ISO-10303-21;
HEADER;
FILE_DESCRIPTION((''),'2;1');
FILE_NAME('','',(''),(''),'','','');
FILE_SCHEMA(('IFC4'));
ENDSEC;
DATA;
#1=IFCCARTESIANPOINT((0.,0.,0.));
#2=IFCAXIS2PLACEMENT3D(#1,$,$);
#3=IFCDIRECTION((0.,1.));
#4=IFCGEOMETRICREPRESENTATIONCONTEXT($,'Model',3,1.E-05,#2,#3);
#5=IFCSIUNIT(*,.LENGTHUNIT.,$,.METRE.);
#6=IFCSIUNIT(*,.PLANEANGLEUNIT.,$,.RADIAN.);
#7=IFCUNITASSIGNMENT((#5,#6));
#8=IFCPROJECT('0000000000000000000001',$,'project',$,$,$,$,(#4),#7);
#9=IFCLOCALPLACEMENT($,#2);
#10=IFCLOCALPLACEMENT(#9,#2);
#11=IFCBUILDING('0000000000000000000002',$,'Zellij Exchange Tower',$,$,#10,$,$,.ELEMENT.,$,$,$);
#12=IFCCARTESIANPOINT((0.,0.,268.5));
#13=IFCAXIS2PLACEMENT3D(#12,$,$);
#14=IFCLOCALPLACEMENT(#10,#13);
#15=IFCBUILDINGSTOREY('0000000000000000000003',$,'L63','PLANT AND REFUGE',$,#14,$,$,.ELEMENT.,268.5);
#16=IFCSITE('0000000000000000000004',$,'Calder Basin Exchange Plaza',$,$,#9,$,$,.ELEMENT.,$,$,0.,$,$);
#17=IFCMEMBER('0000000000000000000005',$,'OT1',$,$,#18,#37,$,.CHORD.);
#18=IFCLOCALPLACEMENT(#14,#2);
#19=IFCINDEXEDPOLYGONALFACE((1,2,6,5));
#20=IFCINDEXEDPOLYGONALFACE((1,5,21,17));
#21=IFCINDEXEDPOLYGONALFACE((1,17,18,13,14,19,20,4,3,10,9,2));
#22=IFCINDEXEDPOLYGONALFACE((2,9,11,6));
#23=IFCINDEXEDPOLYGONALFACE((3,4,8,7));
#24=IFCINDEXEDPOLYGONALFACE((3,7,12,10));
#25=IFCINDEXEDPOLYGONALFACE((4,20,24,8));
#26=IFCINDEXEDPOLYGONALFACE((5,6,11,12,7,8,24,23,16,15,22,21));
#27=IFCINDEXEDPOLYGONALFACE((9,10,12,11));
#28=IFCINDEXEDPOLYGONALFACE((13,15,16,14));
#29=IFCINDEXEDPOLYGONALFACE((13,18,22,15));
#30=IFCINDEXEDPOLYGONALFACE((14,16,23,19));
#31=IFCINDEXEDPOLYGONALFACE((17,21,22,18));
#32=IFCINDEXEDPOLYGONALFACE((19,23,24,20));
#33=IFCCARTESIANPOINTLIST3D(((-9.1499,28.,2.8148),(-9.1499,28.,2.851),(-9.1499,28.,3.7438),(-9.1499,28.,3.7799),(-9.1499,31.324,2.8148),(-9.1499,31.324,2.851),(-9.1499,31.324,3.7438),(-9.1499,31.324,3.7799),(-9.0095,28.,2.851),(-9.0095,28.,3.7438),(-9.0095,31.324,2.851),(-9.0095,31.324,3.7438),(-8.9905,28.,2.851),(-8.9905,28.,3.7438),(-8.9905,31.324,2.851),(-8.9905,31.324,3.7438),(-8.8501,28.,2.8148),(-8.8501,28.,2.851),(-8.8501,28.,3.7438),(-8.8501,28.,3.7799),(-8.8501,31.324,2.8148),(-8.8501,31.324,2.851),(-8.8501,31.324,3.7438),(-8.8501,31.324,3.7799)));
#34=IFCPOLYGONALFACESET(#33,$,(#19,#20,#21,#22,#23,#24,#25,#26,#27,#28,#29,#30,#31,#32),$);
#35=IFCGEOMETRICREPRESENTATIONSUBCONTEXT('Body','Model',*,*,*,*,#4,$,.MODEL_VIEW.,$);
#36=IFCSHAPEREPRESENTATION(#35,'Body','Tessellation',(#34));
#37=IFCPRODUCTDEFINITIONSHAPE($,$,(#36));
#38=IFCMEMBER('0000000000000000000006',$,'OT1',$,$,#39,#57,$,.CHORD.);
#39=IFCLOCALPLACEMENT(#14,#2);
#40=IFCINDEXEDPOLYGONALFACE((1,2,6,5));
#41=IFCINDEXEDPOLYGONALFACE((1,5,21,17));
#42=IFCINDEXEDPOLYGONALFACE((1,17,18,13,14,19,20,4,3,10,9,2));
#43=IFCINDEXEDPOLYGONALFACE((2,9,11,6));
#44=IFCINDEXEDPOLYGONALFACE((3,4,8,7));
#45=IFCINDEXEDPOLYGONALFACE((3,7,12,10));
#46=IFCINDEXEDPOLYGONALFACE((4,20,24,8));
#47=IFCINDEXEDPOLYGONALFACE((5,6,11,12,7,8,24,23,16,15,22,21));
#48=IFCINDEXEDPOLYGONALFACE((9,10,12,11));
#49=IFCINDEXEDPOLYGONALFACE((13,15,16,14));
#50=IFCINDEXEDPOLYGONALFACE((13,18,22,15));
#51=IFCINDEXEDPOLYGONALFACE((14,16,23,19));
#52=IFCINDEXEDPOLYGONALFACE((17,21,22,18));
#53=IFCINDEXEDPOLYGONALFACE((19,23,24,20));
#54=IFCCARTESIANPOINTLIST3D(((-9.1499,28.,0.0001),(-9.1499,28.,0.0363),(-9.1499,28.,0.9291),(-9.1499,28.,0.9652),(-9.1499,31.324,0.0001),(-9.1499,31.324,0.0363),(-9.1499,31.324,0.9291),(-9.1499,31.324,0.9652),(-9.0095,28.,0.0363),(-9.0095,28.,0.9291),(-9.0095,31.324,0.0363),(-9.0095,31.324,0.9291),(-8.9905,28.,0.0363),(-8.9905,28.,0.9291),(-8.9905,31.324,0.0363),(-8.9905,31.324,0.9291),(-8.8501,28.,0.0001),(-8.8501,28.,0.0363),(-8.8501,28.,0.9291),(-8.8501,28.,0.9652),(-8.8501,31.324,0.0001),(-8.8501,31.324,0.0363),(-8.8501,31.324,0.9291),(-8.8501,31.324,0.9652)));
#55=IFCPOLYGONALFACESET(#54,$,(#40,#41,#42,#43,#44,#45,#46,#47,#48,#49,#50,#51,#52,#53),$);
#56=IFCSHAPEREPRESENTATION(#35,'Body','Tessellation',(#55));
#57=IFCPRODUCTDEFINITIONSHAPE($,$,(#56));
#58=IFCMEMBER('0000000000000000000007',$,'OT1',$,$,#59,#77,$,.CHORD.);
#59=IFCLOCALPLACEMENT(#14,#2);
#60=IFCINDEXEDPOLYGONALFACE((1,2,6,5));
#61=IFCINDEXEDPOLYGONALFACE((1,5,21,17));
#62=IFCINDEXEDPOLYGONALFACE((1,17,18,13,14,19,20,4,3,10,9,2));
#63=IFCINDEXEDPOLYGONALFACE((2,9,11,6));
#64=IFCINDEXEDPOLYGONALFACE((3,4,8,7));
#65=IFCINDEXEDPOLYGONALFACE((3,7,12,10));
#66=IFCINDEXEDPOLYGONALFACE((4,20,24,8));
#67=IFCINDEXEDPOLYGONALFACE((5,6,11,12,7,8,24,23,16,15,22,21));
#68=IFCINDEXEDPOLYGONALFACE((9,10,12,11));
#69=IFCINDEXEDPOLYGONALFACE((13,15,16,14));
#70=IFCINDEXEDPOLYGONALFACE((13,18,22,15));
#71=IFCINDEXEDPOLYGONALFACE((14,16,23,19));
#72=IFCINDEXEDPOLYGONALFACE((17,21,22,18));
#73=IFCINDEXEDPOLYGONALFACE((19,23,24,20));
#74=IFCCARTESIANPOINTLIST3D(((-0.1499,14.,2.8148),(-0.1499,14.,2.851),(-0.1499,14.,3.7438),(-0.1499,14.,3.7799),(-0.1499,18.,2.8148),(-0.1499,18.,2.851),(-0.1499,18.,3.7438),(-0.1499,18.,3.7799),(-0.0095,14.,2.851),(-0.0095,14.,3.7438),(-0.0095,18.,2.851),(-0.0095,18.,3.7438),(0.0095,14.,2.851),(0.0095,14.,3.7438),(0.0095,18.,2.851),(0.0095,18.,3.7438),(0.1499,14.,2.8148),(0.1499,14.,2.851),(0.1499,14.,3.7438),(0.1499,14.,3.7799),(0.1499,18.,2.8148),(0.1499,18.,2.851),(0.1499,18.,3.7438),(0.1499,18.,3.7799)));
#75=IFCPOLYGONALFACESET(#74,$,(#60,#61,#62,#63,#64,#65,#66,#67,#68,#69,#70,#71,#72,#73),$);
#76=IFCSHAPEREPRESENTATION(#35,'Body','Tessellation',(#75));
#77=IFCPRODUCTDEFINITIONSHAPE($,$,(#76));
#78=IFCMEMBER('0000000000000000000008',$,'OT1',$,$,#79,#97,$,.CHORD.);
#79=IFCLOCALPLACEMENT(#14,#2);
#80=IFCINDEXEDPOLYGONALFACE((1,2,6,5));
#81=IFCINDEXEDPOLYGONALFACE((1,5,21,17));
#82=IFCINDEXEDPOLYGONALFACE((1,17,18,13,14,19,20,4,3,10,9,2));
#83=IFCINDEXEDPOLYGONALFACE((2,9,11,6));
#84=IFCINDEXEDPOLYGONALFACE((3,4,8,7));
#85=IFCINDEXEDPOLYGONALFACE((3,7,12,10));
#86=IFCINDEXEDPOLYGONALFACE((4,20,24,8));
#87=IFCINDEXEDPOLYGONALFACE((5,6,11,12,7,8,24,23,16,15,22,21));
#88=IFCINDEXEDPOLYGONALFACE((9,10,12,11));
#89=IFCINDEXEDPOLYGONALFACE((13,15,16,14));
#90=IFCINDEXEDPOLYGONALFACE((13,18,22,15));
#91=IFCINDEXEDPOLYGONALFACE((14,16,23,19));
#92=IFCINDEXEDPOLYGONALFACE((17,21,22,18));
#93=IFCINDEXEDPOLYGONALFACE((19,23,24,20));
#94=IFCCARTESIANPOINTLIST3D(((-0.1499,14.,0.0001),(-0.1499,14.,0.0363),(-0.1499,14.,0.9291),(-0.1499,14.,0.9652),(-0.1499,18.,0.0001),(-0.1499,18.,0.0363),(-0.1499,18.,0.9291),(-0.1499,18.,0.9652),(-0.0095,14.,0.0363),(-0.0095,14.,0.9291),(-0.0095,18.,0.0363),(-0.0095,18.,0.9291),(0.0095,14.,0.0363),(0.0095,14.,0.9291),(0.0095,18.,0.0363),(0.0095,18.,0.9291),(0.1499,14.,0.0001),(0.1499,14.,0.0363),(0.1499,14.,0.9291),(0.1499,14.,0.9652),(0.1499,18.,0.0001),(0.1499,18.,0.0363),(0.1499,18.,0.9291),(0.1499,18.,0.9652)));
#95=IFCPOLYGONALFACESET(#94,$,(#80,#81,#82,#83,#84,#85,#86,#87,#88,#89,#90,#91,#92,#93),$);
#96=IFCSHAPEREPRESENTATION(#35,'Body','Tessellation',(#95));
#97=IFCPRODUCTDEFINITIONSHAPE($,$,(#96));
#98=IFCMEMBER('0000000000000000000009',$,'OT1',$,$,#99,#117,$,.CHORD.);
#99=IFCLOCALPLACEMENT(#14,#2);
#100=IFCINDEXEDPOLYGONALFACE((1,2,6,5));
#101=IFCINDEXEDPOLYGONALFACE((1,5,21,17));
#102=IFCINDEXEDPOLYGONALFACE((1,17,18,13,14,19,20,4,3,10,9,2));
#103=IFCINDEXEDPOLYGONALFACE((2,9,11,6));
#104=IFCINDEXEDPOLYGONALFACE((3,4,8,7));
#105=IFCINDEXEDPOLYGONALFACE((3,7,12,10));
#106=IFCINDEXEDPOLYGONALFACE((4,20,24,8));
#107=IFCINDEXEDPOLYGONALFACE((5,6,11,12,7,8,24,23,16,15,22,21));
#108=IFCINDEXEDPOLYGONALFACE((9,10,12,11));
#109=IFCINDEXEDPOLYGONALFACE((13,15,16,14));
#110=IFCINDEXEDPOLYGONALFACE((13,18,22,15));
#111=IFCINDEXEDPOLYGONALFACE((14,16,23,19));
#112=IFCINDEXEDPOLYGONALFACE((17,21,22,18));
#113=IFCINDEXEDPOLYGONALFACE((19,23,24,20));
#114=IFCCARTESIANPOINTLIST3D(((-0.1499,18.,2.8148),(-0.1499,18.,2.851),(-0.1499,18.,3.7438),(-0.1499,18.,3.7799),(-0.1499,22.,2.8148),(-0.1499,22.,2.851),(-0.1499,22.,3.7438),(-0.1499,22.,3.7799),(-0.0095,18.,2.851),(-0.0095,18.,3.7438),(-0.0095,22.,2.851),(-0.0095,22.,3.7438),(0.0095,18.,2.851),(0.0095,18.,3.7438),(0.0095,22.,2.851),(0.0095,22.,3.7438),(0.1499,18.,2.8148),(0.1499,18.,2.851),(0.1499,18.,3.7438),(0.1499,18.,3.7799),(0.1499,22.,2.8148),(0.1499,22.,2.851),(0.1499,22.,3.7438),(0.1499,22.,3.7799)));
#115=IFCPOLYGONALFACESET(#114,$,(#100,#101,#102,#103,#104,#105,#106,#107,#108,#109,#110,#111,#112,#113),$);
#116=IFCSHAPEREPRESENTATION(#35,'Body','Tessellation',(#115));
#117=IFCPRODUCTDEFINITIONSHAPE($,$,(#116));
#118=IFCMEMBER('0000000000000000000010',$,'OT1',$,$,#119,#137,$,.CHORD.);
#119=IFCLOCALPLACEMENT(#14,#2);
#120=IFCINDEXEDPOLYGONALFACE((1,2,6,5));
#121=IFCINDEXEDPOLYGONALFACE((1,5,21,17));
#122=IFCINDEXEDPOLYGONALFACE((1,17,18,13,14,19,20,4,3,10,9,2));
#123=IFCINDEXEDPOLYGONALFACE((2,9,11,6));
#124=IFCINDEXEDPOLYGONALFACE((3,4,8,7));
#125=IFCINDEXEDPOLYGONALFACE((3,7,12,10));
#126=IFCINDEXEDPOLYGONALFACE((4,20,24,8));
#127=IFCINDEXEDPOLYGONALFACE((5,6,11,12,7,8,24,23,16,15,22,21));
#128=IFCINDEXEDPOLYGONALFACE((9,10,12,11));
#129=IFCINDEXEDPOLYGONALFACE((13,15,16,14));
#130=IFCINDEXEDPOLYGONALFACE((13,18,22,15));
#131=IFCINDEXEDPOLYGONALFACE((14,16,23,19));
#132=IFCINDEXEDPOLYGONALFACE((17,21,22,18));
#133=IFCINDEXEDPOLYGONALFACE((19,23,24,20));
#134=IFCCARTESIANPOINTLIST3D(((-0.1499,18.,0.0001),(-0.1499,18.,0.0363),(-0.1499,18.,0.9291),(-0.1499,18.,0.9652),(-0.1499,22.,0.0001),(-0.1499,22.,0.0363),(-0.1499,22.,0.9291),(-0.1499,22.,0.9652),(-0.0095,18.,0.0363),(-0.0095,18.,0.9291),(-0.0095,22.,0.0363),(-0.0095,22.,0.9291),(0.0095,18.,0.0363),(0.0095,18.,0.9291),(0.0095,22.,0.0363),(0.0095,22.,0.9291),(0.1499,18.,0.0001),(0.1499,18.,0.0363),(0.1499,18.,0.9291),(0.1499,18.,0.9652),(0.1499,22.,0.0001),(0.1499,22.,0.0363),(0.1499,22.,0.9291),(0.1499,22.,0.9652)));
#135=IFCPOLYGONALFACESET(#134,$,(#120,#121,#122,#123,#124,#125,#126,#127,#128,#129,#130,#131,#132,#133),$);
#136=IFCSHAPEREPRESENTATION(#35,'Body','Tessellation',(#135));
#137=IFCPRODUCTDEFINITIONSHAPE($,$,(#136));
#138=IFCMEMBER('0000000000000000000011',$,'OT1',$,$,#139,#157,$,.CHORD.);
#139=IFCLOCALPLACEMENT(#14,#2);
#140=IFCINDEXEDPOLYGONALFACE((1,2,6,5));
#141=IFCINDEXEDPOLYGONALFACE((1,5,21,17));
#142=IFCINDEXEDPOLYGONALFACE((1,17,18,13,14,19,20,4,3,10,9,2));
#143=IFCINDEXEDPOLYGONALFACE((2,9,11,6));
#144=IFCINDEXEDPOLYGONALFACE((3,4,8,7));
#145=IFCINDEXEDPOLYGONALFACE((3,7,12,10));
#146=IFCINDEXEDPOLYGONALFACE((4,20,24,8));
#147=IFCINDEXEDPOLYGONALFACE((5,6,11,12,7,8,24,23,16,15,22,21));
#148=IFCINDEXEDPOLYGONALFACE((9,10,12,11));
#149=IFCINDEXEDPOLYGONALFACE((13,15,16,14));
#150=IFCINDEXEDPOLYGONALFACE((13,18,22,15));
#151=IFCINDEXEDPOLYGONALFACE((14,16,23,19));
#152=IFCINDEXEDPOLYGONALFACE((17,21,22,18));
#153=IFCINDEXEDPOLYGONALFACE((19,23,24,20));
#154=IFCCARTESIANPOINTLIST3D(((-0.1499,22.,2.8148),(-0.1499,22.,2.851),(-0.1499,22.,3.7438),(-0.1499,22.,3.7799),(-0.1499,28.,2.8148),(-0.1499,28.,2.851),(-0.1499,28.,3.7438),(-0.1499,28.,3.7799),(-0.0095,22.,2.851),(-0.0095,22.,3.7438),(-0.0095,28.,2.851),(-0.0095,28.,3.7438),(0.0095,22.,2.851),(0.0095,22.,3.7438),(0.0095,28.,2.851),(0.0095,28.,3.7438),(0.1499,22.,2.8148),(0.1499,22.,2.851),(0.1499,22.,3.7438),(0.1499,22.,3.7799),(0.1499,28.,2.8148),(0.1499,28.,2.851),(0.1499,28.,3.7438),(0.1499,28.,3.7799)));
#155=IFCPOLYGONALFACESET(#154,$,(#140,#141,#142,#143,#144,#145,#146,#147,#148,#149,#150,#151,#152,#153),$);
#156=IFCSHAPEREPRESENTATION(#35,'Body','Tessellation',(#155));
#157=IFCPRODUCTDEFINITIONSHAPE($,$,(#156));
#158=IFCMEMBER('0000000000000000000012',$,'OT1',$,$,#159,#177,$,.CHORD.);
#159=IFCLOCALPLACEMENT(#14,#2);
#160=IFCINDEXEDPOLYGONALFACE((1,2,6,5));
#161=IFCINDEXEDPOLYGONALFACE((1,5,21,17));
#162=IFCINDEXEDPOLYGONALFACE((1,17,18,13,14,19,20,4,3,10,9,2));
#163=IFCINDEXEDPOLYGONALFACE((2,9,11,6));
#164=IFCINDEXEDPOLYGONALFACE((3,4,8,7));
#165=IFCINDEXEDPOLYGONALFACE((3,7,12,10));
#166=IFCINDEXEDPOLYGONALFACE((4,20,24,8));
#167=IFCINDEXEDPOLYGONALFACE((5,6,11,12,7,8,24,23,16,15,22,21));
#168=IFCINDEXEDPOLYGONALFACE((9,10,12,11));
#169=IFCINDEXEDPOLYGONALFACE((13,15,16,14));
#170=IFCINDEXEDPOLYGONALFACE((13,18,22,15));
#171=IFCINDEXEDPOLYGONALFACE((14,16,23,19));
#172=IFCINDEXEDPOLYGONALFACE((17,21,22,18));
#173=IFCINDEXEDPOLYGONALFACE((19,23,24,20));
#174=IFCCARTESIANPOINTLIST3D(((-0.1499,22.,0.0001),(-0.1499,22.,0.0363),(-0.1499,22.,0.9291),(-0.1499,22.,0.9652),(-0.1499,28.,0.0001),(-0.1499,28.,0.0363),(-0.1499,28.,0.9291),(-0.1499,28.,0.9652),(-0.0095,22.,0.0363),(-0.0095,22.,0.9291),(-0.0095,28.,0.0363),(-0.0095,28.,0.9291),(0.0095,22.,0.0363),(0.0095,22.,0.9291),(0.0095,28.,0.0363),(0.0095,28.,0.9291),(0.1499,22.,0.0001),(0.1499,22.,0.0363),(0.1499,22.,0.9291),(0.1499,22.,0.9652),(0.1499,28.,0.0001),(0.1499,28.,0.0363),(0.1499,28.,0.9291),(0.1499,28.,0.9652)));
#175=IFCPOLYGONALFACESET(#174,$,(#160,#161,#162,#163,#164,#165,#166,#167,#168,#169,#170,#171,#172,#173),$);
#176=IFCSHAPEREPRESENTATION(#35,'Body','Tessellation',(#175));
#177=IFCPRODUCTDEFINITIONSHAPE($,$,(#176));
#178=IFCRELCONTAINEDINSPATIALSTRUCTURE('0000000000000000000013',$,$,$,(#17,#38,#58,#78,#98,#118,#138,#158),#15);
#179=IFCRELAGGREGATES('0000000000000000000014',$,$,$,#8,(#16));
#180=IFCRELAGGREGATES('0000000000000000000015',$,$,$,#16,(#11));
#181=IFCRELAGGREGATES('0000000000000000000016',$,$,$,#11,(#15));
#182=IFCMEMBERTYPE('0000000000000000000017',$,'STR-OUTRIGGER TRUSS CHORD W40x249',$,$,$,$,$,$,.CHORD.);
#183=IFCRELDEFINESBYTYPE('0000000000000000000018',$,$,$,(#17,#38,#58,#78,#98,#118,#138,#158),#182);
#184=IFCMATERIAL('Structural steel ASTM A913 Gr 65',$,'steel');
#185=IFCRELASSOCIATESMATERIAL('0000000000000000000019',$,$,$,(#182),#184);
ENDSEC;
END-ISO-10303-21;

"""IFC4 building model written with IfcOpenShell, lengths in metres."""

from ifc_helpers import new_model, si_unit, direction, frame, origin, origin_2d, place, context, subcontext, project, spatial, i_section, extrude, material, material_profile, profile_set, type_object, element, save


model = new_model("IFC4")

# Units and contexts
model_context = context("Model", 3, precision=1e-05, world=origin(), true_north=direction((0.0, 1.0)))
body_context = subcontext(model_context, "Body", "Model", "MODEL_VIEW")
ifc_project = project(units=[si_unit("LENGTHUNIT", "METRE"), si_unit("PLANEANGLEUNIT", "RADIAN")], contexts=[model_context])

# Site, building, storey
site_placement = place(None, origin())
site = spatial("IfcSite", under=ifc_project, at=site_placement, Name="Calder Basin Exchange Plaza", CompositionType="ELEMENT", RefElevation=0.0)
building_placement = place(site_placement, origin())
building = spatial("IfcBuilding", under=site, at=building_placement, Name="Zellij Exchange Tower", CompositionType="ELEMENT")
storey_placement = place(building_placement, frame((0.0, 0.0, 268.5)))
storey = spatial("IfcBuildingStorey", under=building, at=storey_placement, Name="L63", Description="PLANT AND REFUGE", CompositionType="ELEMENT", Elevation=268.5)

# Members
ifc_material_1 = material(Name="Structural steel ASTM A913 Gr 65", Category="steel")
ifc_material_profile_1 = material_profile(ifc_material_1, i_section(OverallWidth=0.2998, OverallDepth=0.9651, WebThickness=0.019, FlangeThickness=0.0361, at=origin_2d()), Name="W40x249")
ifc_profile_set_1 = profile_set([ifc_material_profile_1], Name="Structural steel ASTM A913 Gr 65")
member_type_1 = type_object("IfcMemberType", Name="STR-OUTRIGGER TRUSS CHORD W40x249", PredefinedType="CHORD", material=ifc_profile_set_1)
for number, where, z_axis, x_axis, name in (
    (1, (-9.0, 28.0, 3.2974), (0.0, 1.0, 0.0), (-1.0, 0.0, 0.0), "OT1"),
    (2, (-9.0, 28.0, 0.4827), (0.0, 1.0, 0.0), (-1.0, 0.0, 0.0), "OT1"),
):
    element("IfcMember", number, at=place(storey_placement, frame(where, z_axis=z_axis, x_axis=x_axis)), inside=storey, type_object=member_type_1, Name=name, PredefinedType="CHORD", context=body_context, shape_type="SweptSolid", body=[
        extrude(i_section(OverallWidth=0.2998, OverallDepth=0.9651, WebThickness=0.019, FlangeThickness=0.0361, at=origin_2d()), origin(), (0.0, 0.0, 1.0), 3.324),
    ])
for number, where, z_axis, x_axis, name in (
    (3, (0.0, 14.0, 3.2974), (0.0, 1.0, 0.0), (-1.0, 0.0, 0.0), "OT1"),
    (4, (0.0, 14.0, 0.4827), (0.0, 1.0, 0.0), (-1.0, 0.0, 0.0), "OT1"),
    (5, (0.0, 18.0, 3.2974), (0.0, 1.0, 0.0), (-1.0, 0.0, 0.0), "OT1"),
    (6, (0.0, 18.0, 0.4827), (0.0, 1.0, 0.0), (-1.0, 0.0, 0.0), "OT1"),
):
    element("IfcMember", number, at=place(storey_placement, frame(where, z_axis=z_axis, x_axis=x_axis)), inside=storey, type_object=member_type_1, Name=name, PredefinedType="CHORD", context=body_context, shape_type="SweptSolid", body=[
        extrude(i_section(OverallWidth=0.2998, OverallDepth=0.9651, WebThickness=0.019, FlangeThickness=0.0361, at=origin_2d()), origin(), (0.0, 0.0, 1.0), 4.0),
    ])
for number, where, z_axis, x_axis, name in (
    (7, (0.0, 22.0, 3.2974), (0.0, 1.0, 0.0), (-1.0, 0.0, 0.0), "OT1"),
    (8, (0.0, 22.0, 0.4827), (0.0, 1.0, 0.0), (-1.0, 0.0, 0.0), "OT1"),
):
    element("IfcMember", number, at=place(storey_placement, frame(where, z_axis=z_axis, x_axis=x_axis)), inside=storey, type_object=member_type_1, Name=name, PredefinedType="CHORD", context=body_context, shape_type="SweptSolid", body=[
        extrude(i_section(OverallWidth=0.2998, OverallDepth=0.9651, WebThickness=0.019, FlangeThickness=0.0361, at=origin_2d()), origin(), (0.0, 0.0, 1.0), 6.0),
    ])

save(model, "model.ifc")
